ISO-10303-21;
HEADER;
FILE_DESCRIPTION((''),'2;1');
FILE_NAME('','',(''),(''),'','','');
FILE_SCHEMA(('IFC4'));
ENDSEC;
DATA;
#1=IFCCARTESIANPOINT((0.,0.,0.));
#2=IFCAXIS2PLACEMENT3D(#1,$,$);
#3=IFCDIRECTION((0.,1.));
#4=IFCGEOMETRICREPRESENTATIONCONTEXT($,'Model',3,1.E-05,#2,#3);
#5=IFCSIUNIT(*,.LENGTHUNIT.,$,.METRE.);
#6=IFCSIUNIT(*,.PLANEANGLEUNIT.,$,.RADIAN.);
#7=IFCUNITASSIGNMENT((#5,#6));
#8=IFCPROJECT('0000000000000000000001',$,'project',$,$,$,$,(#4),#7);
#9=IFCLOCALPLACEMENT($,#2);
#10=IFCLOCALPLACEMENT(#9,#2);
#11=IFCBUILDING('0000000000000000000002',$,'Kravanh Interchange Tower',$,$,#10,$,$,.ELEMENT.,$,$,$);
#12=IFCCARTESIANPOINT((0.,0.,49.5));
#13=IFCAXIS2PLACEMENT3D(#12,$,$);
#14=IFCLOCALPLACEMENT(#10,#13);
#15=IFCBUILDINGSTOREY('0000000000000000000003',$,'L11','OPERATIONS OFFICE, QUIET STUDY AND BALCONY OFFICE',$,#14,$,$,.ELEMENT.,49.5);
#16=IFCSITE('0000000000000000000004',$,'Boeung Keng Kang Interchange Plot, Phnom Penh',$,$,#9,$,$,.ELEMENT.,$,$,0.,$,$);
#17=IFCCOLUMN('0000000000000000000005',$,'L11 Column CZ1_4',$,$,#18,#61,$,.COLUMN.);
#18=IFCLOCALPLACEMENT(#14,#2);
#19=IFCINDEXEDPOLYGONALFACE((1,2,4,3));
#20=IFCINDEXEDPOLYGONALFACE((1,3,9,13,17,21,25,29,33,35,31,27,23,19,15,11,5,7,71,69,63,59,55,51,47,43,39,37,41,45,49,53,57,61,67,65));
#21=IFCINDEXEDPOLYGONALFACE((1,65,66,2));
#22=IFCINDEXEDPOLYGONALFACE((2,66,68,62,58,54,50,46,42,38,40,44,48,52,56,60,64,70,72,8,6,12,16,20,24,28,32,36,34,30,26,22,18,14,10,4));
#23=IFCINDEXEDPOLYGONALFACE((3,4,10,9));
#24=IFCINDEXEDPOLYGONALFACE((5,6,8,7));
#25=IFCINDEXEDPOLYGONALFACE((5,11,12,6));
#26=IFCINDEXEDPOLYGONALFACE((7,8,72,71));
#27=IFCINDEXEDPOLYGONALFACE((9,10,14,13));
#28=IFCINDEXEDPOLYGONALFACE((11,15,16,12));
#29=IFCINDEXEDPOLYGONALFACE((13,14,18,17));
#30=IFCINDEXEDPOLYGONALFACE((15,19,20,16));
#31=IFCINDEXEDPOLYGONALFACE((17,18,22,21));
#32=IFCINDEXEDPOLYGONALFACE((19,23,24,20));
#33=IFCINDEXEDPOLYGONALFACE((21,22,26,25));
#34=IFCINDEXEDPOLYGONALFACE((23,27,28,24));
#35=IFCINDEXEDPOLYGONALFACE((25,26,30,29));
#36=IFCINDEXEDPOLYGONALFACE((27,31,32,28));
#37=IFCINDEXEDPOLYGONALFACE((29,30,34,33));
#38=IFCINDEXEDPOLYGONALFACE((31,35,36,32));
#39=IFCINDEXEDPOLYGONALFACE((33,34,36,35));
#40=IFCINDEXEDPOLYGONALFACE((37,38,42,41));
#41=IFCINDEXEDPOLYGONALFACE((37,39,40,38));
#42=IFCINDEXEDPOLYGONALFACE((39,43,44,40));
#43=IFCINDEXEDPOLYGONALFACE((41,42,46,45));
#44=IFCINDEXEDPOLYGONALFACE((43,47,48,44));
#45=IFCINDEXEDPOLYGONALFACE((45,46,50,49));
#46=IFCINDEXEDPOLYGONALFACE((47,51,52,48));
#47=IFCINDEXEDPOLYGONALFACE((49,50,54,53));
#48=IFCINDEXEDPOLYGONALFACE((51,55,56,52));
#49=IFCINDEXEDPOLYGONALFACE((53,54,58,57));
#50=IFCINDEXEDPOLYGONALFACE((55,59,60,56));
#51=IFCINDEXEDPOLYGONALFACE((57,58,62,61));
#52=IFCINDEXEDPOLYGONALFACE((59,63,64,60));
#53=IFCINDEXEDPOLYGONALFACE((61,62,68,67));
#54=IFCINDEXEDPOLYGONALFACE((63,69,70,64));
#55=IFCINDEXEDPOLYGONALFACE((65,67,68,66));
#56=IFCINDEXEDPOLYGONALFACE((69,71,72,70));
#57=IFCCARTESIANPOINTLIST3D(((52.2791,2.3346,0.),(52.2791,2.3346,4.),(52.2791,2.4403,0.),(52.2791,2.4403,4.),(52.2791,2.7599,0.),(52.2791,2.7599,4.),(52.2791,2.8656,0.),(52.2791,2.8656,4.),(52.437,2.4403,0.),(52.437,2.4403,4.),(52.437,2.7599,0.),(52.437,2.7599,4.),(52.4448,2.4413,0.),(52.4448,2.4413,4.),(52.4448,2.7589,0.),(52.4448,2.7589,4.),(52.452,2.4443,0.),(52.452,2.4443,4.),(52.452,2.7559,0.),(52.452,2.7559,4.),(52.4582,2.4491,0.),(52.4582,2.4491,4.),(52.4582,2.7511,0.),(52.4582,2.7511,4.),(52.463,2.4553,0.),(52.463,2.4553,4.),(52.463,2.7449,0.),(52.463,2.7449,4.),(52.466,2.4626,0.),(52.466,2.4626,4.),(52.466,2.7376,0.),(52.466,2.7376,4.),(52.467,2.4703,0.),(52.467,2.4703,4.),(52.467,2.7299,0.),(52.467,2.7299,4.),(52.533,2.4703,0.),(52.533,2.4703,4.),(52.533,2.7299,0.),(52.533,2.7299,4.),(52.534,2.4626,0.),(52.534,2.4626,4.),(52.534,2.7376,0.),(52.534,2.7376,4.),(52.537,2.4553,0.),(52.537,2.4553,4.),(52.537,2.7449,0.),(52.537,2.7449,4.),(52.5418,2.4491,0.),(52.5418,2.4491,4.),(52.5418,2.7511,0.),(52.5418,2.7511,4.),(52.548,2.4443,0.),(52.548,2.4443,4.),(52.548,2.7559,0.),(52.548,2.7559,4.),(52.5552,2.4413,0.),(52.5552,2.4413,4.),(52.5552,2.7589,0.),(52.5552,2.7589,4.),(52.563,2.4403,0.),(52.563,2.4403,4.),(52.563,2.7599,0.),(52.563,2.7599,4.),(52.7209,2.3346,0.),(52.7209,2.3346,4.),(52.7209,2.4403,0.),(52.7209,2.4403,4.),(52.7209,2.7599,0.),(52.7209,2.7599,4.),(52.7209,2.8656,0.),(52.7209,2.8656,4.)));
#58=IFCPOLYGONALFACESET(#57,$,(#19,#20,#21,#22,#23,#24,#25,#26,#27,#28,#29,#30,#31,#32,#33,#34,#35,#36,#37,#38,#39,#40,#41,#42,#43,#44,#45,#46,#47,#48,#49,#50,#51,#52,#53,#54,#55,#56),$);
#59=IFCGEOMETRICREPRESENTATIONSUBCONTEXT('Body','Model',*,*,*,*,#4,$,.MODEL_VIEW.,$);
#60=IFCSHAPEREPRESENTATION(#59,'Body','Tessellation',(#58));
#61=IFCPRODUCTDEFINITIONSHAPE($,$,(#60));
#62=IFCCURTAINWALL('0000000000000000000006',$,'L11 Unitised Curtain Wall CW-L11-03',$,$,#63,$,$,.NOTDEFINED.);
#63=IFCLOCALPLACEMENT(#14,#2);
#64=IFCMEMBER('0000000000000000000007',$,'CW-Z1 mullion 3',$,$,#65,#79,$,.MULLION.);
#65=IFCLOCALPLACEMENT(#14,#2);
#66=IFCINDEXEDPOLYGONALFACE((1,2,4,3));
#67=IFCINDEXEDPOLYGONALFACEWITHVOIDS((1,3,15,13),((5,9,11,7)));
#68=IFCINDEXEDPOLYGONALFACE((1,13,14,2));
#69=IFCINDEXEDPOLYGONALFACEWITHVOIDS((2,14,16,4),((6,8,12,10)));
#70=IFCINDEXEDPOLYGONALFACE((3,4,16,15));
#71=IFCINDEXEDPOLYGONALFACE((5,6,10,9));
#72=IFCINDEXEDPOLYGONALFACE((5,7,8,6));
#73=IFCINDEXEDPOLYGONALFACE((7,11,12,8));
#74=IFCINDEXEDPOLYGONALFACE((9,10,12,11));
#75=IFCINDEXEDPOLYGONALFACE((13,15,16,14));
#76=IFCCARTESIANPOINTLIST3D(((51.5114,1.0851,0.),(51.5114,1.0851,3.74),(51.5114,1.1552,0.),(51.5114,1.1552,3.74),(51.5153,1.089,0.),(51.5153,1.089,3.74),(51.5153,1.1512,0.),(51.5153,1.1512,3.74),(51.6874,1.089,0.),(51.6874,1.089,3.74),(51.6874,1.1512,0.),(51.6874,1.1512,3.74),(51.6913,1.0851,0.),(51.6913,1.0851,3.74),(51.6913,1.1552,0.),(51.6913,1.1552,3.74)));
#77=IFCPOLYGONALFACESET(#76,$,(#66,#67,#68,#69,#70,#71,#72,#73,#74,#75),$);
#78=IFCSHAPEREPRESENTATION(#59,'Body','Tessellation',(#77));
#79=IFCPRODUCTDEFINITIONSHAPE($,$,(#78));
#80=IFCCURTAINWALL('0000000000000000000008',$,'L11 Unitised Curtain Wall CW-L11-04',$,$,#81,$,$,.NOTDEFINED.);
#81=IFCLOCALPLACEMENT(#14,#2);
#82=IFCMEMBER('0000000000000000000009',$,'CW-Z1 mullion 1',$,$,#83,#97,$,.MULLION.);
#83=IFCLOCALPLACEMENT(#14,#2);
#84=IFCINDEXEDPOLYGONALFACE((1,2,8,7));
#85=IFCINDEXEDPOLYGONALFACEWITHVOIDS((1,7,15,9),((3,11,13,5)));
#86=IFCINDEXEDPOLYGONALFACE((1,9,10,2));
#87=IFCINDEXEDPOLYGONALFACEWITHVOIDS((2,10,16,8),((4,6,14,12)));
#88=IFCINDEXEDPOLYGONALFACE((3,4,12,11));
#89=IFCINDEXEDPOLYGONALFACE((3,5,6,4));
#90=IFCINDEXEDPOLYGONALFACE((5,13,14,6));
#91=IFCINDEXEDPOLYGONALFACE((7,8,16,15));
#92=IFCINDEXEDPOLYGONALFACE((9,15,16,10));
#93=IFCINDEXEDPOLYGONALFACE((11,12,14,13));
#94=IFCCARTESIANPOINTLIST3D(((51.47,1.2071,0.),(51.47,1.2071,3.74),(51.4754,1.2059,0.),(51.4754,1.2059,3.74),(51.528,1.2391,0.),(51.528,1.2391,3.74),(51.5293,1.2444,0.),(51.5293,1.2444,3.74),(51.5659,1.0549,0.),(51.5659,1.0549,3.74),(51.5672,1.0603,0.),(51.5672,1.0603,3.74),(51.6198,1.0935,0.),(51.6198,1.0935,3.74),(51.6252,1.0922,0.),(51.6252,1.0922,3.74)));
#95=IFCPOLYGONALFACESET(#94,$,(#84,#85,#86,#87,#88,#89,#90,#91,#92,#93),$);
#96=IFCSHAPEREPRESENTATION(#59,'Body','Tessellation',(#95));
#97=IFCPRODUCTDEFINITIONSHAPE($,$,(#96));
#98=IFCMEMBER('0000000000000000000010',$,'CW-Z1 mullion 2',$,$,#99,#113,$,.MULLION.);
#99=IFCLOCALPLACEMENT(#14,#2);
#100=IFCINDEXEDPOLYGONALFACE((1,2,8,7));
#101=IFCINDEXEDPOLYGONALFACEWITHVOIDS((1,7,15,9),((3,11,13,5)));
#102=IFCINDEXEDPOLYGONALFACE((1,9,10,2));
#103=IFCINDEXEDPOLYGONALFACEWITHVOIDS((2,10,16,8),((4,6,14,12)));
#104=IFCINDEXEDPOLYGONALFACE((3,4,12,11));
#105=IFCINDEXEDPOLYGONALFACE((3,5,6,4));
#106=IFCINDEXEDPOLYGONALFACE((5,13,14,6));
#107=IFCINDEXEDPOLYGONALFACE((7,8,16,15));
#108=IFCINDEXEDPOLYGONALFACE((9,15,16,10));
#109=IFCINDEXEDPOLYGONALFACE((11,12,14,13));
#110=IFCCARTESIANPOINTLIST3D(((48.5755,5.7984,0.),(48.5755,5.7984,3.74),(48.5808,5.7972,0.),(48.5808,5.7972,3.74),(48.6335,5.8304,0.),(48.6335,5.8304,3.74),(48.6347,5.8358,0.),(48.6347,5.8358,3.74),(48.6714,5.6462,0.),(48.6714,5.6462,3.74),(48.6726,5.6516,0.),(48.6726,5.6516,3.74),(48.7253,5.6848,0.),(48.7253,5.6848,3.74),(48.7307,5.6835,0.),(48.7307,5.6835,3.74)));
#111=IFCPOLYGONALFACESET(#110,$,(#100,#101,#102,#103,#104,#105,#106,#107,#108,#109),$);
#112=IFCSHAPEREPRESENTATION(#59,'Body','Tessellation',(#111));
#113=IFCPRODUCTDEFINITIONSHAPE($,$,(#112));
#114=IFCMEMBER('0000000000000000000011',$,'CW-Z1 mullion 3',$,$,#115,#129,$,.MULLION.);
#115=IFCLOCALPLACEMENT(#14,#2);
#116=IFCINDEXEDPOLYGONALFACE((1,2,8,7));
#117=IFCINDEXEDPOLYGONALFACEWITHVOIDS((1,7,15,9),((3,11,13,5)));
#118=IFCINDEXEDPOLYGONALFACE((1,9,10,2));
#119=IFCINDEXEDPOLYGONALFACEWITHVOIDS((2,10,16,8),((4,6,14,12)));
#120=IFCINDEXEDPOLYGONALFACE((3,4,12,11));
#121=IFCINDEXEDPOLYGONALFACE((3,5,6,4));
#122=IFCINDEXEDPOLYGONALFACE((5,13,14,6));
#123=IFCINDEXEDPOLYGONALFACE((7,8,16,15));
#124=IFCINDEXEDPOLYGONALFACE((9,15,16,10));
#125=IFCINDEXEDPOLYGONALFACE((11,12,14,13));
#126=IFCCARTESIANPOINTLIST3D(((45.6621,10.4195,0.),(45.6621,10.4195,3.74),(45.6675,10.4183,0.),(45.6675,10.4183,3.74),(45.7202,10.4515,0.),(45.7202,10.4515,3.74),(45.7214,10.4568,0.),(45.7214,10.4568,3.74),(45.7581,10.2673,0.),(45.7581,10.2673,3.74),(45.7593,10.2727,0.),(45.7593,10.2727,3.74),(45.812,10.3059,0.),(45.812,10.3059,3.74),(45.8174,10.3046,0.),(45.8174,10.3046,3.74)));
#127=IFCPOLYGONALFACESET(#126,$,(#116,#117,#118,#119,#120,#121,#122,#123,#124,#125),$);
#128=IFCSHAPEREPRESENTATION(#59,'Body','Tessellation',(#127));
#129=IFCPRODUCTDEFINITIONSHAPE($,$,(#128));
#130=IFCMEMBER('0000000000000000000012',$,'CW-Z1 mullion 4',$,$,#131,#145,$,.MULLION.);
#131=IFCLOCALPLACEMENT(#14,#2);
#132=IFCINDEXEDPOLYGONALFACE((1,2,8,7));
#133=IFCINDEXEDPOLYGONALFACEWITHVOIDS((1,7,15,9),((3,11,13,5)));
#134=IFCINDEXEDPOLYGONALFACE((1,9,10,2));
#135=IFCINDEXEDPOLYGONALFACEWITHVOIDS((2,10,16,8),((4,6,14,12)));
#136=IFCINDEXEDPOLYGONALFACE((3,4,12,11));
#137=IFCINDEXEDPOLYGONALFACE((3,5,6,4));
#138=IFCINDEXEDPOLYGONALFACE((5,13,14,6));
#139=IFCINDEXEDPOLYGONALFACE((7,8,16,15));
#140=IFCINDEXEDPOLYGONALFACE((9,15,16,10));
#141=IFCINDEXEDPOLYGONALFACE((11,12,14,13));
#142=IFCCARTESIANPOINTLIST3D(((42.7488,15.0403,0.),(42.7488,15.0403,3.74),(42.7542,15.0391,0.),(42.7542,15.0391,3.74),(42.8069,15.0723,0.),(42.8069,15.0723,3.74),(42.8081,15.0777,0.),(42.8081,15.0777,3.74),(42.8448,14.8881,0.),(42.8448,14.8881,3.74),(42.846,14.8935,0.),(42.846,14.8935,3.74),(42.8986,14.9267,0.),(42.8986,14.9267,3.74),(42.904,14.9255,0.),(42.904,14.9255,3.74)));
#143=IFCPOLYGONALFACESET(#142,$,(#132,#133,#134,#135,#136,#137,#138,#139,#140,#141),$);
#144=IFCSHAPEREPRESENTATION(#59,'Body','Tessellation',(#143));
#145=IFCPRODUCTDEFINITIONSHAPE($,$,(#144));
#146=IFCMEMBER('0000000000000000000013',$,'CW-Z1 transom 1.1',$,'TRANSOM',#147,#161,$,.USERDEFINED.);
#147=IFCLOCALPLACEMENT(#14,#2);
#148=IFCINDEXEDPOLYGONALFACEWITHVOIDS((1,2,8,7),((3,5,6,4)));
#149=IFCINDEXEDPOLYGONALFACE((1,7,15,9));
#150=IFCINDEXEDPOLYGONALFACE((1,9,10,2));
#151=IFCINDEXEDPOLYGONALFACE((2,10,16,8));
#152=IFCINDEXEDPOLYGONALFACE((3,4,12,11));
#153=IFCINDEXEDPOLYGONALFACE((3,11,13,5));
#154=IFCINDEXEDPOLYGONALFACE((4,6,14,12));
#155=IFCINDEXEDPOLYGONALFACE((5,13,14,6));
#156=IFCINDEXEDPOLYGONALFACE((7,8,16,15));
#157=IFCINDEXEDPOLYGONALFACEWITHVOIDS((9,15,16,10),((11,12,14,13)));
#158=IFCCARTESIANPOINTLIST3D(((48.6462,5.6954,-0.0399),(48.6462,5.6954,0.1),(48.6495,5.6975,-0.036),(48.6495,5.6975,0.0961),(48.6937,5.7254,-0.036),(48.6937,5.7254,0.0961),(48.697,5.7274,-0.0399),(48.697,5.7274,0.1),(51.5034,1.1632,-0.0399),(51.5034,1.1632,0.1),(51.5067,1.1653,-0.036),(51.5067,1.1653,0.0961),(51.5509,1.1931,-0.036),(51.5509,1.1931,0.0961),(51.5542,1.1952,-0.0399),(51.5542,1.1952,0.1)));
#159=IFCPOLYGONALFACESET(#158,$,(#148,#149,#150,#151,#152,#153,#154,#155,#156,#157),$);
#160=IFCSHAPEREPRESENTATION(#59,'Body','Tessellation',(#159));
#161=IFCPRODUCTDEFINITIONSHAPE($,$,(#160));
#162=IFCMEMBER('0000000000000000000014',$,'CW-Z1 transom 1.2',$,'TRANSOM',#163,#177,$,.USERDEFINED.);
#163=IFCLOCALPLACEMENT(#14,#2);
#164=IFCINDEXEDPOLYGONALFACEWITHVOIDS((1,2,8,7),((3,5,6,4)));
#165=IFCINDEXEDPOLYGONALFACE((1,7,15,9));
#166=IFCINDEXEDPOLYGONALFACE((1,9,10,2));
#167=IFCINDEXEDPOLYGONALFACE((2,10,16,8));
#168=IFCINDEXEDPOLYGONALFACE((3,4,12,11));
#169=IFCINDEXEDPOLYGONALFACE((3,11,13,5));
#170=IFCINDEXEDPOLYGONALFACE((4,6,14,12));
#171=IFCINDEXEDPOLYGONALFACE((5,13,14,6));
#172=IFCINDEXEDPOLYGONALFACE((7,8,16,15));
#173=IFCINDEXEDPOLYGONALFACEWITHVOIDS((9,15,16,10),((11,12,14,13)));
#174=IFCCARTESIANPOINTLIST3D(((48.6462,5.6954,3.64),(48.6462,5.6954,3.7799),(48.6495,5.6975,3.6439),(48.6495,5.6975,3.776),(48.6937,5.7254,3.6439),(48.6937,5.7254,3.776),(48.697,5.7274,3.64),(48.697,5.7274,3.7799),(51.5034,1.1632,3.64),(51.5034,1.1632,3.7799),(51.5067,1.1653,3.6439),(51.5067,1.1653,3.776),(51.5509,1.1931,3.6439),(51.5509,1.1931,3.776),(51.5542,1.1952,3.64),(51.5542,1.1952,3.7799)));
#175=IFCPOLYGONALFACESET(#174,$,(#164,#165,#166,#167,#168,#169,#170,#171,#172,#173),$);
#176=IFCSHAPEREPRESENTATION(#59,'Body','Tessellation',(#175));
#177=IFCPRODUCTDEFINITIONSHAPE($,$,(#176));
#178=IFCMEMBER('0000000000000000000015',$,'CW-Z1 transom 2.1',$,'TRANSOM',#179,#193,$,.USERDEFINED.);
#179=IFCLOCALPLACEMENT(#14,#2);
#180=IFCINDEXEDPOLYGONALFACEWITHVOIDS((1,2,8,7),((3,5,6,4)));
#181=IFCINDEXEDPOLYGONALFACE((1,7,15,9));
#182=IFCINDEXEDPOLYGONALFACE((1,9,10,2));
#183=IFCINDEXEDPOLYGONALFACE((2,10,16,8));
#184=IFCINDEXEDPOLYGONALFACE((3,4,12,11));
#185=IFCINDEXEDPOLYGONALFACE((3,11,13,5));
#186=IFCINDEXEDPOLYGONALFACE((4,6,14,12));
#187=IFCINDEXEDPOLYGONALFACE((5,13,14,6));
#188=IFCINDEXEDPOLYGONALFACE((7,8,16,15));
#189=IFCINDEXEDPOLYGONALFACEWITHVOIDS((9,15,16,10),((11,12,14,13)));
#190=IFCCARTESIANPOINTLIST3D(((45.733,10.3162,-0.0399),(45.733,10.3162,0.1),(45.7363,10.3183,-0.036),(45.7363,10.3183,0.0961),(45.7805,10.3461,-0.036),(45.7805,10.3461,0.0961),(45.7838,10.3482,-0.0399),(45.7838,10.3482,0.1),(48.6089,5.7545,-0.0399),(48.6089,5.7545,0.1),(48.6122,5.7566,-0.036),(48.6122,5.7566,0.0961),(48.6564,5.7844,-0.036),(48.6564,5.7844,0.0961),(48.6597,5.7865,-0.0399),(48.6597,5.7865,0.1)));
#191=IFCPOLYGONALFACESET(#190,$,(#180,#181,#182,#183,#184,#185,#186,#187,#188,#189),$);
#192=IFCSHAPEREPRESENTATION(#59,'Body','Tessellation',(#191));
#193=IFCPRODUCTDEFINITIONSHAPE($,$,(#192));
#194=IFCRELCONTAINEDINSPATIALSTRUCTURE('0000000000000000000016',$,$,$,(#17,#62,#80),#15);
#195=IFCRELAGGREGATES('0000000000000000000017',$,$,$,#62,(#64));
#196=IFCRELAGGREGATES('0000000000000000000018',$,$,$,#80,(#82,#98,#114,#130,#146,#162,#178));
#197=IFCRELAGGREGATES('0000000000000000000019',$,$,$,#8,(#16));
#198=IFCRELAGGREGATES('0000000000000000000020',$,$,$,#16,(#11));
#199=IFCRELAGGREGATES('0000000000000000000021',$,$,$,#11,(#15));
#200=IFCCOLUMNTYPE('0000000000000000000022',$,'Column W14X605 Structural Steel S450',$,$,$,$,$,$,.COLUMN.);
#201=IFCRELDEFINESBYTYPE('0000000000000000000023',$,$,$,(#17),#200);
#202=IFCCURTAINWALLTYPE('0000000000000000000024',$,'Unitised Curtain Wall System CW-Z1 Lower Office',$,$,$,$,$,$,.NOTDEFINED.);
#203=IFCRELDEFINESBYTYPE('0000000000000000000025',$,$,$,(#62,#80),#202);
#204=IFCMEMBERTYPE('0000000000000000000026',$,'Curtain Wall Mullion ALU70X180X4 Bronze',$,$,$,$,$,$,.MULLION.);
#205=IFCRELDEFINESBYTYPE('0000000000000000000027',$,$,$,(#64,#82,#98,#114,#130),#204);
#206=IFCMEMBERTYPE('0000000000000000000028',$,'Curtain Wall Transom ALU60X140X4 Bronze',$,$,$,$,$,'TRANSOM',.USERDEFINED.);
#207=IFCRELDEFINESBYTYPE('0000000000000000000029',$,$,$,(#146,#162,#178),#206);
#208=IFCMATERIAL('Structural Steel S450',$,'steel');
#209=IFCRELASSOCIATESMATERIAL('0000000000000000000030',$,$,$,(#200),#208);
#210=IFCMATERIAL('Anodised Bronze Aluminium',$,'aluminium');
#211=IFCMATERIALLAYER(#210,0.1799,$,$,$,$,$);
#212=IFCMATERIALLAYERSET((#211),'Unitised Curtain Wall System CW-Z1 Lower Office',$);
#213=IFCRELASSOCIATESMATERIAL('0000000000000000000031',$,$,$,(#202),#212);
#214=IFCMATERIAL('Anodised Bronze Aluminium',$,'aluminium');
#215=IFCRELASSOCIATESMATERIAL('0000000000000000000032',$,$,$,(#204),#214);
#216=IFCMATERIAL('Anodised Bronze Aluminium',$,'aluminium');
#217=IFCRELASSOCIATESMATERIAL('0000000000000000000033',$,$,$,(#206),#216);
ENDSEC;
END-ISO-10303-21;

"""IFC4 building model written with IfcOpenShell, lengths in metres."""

from ifc_helpers import new_model, si_unit, direction, frame, origin, origin_2d, place, context, subcontext, project, spatial, hollow_rectangle, i_section, extrude, material, layer, layer_set, material_profile, profile_set, type_object, element, aggregate, save


model = new_model("IFC4")

# Units and contexts
model_context = context("Model", 3, precision=1e-05, world=origin(), true_north=direction((0.0, 1.0)))
body_context = subcontext(model_context, "Body", "Model", "MODEL_VIEW")
ifc_project = project(units=[si_unit("LENGTHUNIT", "METRE"), si_unit("PLANEANGLEUNIT", "RADIAN")], contexts=[model_context])

# Site, building, storey
site_placement = place(None, origin())
site = spatial("IfcSite", under=ifc_project, at=site_placement, Name="Boeung Keng Kang Interchange Plot, Phnom Penh", CompositionType="ELEMENT", RefElevation=0.0)
building_placement = place(site_placement, origin())
building = spatial("IfcBuilding", under=site, at=building_placement, Name="Kravanh Interchange Tower", CompositionType="ELEMENT")
storey_placement = place(building_placement, frame((0.0, 0.0, 49.5)))
storey = spatial("IfcBuildingStorey", under=building, at=storey_placement, Name="L11", Description="OPERATIONS OFFICE, QUIET STUDY AND BALCONY OFFICE", CompositionType="ELEMENT", Elevation=49.5)

# Column
ifc_material_1 = material(Name="Structural Steel S450", Category="steel")
ifc_material_profile_1 = material_profile(ifc_material_1, i_section(OverallWidth=0.4419, OverallDepth=0.531, WebThickness=0.0659, FlangeThickness=0.1057, FilletRadius=0.03, at=origin_2d()), Name="W14X605")
ifc_profile_set_1 = profile_set([ifc_material_profile_1], Name="Structural Steel S450")
column_type = type_object("IfcColumnType", Name="Column W14X605 Structural Steel S450", PredefinedType="COLUMN", material=ifc_profile_set_1)
column_placement = place(storey_placement, frame((52.5, 2.6001, 0.0), z_axis=(0.0, 0.0, 1.0), x_axis=(1.0, 0.0, 0.0)))
element("IfcColumn", 1, at=column_placement, inside=storey, type_object=column_type, Name="L11 Column CZ1_4", PredefinedType="COLUMN", context=body_context, shape_type="SweptSolid", body=[
    extrude(i_section(OverallWidth=0.4419, OverallDepth=0.531, WebThickness=0.0659, FlangeThickness=0.1057, FilletRadius=0.03, at=origin_2d()), origin(), (0.0, 0.0, 1.0), 4.0),
])

# Curtain wall, member
ifc_material_2 = material(Name="Anodised Bronze Aluminium", Category="aluminium")
ifc_layer_1 = layer(ifc_material_2, 0.1799)
ifc_layer_set_1 = layer_set([ifc_layer_1], Name="Unitised Curtain Wall System CW-Z1 Lower Office")
curtain_wall_type = type_object("IfcCurtainWallType", Name="Unitised Curtain Wall System CW-Z1 Lower Office", PredefinedType="NOTDEFINED", material=ifc_layer_set_1)
curtain_wall_1_placement = place(storey_placement, origin())
curtain_wall_1 = element("IfcCurtainWall", 2, at=curtain_wall_1_placement, inside=storey, type_object=curtain_wall_type, Name="L11 Unitised Curtain Wall CW-L11-03", PredefinedType="NOTDEFINED")
ifc_material_3 = material(Name="Anodised Bronze Aluminium", Category="aluminium")
ifc_material_profile_2 = material_profile(ifc_material_3, hollow_rectangle(XDim=0.0701, YDim=0.1799, WallThickness=0.0039, at=origin_2d()), Name="ALU70X180X4")
ifc_profile_set_2 = profile_set([ifc_material_profile_2], Name="Anodised Bronze Aluminium")
member_type_1 = type_object("IfcMemberType", Name="Curtain Wall Mullion ALU70X180X4 Bronze", PredefinedType="MULLION", material=ifc_profile_set_2)
member_1_placement = place(storey_placement, frame((51.6013, 1.1201, 0.0), z_axis=(0.0, 0.0, 1.0), x_axis=(0.0, -1.0, 0.0)))
member_1 = element("IfcMember", 3, at=member_1_placement, type_object=member_type_1, Name="CW-Z1 mullion 3", PredefinedType="MULLION", context=body_context, shape_type="SweptSolid", body=[
    extrude(hollow_rectangle(XDim=0.0701, YDim=0.1799, WallThickness=0.0039, at=origin_2d()), origin(), (0.0, 0.0, 1.0), 3.74),
])
aggregate(curtain_wall_1, [member_1])

# Curtain wall, members
curtain_wall_2_placement = place(storey_placement, origin())
curtain_wall_2 = element("IfcCurtainWall", 4, at=curtain_wall_2_placement, inside=storey, type_object=curtain_wall_type, Name="L11 Unitised Curtain Wall CW-L11-04", PredefinedType="NOTDEFINED")
member_2_placement = place(storey_placement, frame((51.5476, 1.1497, 0.0), z_axis=(0.0, 0.0, 1.0), x_axis=(-0.845926, -0.533301, 0.0)))
member_2 = element("IfcMember", 5, at=member_2_placement, type_object=member_type_1, Name="CW-Z1 mullion 1", PredefinedType="MULLION", context=body_context, shape_type="SweptSolid", body=[
    extrude(hollow_rectangle(XDim=0.0701, YDim=0.1799, WallThickness=0.0039, at=origin_2d()), origin(), (0.0, 0.0, 1.0), 3.74),
])
member_3_placement = place(storey_placement, frame((48.6531, 5.741, 0.0), z_axis=(0.0, 0.0, 1.0), x_axis=(-0.845926, -0.533301, 0.0)))
member_3 = element("IfcMember", 6, at=member_3_placement, type_object=member_type_1, Name="CW-Z1 mullion 2", PredefinedType="MULLION", context=body_context, shape_type="SweptSolid", body=[
    extrude(hollow_rectangle(XDim=0.0701, YDim=0.1799, WallThickness=0.0039, at=origin_2d()), origin(), (0.0, 0.0, 1.0), 3.74),
])
member_4_placement = place(storey_placement, frame((45.7397, 10.3621, 0.0), z_axis=(0.0, 0.0, 1.0), x_axis=(-0.845926, -0.533301, 0.0)))
member_4 = element("IfcMember", 7, at=member_4_placement, type_object=member_type_1, Name="CW-Z1 mullion 3", PredefinedType="MULLION", context=body_context, shape_type="SweptSolid", body=[
    extrude(hollow_rectangle(XDim=0.0701, YDim=0.1799, WallThickness=0.0039, at=origin_2d()), origin(), (0.0, 0.0, 1.0), 3.74),
])
member_5_placement = place(storey_placement, frame((42.8264, 14.9829, 0.0), z_axis=(0.0, 0.0, 1.0), x_axis=(-0.845926, -0.533301, 0.0)))
member_5 = element("IfcMember", 8, at=member_5_placement, type_object=member_type_1, Name="CW-Z1 mullion 4", PredefinedType="MULLION", context=body_context, shape_type="SweptSolid", body=[
    extrude(hollow_rectangle(XDim=0.0701, YDim=0.1799, WallThickness=0.0039, at=origin_2d()), origin(), (0.0, 0.0, 1.0), 3.74),
])
ifc_material_4 = material(Name="Anodised Bronze Aluminium", Category="aluminium")
ifc_material_profile_3 = material_profile(ifc_material_4, hollow_rectangle(XDim=0.0601, YDim=0.1399, WallThickness=0.0039, at=origin_2d()), Name="ALU60X140X4")
ifc_profile_set_3 = profile_set([ifc_material_profile_3], Name="Anodised Bronze Aluminium")
member_type_2 = type_object("IfcMemberType", Name="Curtain Wall Transom ALU60X140X4 Bronze", ElementType="TRANSOM", PredefinedType="USERDEFINED", material=ifc_profile_set_3)
member_6_placement = place(storey_placement, frame((51.5288, 1.1792, 0.03), z_axis=(-0.533288, 0.845934, 0.0), x_axis=(-0.845934, -0.533288, 0.0)))
member_6 = element("IfcMember", 9, at=member_6_placement, type_object=member_type_2, Name="CW-Z1 transom 1.1", ObjectType="TRANSOM", PredefinedType="USERDEFINED", context=body_context, shape_type="SweptSolid", body=[
    extrude(hollow_rectangle(XDim=0.0601, YDim=0.1399, WallThickness=0.0039, at=origin_2d()), origin(), (0.0, 0.0, 1.0), 5.3577),
])
member_7_placement = place(storey_placement, frame((51.5288, 1.1792, 3.71), z_axis=(-0.533288, 0.845934, 0.0), x_axis=(-0.845934, -0.533288, 0.0)))
member_7 = element("IfcMember", 10, at=member_7_placement, type_object=member_type_2, Name="CW-Z1 transom 1.2", ObjectType="TRANSOM", PredefinedType="USERDEFINED", context=body_context, shape_type="SweptSolid", body=[
    extrude(hollow_rectangle(XDim=0.0601, YDim=0.1399, WallThickness=0.0039, at=origin_2d()), origin(), (0.0, 0.0, 1.0), 5.3577),
])
member_8_placement = place(storey_placement, frame((48.6343, 5.7705, 0.03), z_axis=(-0.533311, 0.845919, 0.0), x_axis=(-0.845919, -0.533311, 0.0)))
member_8 = element("IfcMember", 11, at=member_8_placement, type_object=member_type_2, Name="CW-Z1 transom 2.1", ObjectType="TRANSOM", PredefinedType="USERDEFINED", context=body_context, shape_type="SweptSolid", body=[
    extrude(hollow_rectangle(XDim=0.0601, YDim=0.1399, WallThickness=0.0039, at=origin_2d()), origin(), (0.0, 0.0, 1.0), 5.3926),
])

aggregate(curtain_wall_2, [member_2, member_3, member_4, member_5, member_6, member_7, member_8])

save(model, "model.ifc")
